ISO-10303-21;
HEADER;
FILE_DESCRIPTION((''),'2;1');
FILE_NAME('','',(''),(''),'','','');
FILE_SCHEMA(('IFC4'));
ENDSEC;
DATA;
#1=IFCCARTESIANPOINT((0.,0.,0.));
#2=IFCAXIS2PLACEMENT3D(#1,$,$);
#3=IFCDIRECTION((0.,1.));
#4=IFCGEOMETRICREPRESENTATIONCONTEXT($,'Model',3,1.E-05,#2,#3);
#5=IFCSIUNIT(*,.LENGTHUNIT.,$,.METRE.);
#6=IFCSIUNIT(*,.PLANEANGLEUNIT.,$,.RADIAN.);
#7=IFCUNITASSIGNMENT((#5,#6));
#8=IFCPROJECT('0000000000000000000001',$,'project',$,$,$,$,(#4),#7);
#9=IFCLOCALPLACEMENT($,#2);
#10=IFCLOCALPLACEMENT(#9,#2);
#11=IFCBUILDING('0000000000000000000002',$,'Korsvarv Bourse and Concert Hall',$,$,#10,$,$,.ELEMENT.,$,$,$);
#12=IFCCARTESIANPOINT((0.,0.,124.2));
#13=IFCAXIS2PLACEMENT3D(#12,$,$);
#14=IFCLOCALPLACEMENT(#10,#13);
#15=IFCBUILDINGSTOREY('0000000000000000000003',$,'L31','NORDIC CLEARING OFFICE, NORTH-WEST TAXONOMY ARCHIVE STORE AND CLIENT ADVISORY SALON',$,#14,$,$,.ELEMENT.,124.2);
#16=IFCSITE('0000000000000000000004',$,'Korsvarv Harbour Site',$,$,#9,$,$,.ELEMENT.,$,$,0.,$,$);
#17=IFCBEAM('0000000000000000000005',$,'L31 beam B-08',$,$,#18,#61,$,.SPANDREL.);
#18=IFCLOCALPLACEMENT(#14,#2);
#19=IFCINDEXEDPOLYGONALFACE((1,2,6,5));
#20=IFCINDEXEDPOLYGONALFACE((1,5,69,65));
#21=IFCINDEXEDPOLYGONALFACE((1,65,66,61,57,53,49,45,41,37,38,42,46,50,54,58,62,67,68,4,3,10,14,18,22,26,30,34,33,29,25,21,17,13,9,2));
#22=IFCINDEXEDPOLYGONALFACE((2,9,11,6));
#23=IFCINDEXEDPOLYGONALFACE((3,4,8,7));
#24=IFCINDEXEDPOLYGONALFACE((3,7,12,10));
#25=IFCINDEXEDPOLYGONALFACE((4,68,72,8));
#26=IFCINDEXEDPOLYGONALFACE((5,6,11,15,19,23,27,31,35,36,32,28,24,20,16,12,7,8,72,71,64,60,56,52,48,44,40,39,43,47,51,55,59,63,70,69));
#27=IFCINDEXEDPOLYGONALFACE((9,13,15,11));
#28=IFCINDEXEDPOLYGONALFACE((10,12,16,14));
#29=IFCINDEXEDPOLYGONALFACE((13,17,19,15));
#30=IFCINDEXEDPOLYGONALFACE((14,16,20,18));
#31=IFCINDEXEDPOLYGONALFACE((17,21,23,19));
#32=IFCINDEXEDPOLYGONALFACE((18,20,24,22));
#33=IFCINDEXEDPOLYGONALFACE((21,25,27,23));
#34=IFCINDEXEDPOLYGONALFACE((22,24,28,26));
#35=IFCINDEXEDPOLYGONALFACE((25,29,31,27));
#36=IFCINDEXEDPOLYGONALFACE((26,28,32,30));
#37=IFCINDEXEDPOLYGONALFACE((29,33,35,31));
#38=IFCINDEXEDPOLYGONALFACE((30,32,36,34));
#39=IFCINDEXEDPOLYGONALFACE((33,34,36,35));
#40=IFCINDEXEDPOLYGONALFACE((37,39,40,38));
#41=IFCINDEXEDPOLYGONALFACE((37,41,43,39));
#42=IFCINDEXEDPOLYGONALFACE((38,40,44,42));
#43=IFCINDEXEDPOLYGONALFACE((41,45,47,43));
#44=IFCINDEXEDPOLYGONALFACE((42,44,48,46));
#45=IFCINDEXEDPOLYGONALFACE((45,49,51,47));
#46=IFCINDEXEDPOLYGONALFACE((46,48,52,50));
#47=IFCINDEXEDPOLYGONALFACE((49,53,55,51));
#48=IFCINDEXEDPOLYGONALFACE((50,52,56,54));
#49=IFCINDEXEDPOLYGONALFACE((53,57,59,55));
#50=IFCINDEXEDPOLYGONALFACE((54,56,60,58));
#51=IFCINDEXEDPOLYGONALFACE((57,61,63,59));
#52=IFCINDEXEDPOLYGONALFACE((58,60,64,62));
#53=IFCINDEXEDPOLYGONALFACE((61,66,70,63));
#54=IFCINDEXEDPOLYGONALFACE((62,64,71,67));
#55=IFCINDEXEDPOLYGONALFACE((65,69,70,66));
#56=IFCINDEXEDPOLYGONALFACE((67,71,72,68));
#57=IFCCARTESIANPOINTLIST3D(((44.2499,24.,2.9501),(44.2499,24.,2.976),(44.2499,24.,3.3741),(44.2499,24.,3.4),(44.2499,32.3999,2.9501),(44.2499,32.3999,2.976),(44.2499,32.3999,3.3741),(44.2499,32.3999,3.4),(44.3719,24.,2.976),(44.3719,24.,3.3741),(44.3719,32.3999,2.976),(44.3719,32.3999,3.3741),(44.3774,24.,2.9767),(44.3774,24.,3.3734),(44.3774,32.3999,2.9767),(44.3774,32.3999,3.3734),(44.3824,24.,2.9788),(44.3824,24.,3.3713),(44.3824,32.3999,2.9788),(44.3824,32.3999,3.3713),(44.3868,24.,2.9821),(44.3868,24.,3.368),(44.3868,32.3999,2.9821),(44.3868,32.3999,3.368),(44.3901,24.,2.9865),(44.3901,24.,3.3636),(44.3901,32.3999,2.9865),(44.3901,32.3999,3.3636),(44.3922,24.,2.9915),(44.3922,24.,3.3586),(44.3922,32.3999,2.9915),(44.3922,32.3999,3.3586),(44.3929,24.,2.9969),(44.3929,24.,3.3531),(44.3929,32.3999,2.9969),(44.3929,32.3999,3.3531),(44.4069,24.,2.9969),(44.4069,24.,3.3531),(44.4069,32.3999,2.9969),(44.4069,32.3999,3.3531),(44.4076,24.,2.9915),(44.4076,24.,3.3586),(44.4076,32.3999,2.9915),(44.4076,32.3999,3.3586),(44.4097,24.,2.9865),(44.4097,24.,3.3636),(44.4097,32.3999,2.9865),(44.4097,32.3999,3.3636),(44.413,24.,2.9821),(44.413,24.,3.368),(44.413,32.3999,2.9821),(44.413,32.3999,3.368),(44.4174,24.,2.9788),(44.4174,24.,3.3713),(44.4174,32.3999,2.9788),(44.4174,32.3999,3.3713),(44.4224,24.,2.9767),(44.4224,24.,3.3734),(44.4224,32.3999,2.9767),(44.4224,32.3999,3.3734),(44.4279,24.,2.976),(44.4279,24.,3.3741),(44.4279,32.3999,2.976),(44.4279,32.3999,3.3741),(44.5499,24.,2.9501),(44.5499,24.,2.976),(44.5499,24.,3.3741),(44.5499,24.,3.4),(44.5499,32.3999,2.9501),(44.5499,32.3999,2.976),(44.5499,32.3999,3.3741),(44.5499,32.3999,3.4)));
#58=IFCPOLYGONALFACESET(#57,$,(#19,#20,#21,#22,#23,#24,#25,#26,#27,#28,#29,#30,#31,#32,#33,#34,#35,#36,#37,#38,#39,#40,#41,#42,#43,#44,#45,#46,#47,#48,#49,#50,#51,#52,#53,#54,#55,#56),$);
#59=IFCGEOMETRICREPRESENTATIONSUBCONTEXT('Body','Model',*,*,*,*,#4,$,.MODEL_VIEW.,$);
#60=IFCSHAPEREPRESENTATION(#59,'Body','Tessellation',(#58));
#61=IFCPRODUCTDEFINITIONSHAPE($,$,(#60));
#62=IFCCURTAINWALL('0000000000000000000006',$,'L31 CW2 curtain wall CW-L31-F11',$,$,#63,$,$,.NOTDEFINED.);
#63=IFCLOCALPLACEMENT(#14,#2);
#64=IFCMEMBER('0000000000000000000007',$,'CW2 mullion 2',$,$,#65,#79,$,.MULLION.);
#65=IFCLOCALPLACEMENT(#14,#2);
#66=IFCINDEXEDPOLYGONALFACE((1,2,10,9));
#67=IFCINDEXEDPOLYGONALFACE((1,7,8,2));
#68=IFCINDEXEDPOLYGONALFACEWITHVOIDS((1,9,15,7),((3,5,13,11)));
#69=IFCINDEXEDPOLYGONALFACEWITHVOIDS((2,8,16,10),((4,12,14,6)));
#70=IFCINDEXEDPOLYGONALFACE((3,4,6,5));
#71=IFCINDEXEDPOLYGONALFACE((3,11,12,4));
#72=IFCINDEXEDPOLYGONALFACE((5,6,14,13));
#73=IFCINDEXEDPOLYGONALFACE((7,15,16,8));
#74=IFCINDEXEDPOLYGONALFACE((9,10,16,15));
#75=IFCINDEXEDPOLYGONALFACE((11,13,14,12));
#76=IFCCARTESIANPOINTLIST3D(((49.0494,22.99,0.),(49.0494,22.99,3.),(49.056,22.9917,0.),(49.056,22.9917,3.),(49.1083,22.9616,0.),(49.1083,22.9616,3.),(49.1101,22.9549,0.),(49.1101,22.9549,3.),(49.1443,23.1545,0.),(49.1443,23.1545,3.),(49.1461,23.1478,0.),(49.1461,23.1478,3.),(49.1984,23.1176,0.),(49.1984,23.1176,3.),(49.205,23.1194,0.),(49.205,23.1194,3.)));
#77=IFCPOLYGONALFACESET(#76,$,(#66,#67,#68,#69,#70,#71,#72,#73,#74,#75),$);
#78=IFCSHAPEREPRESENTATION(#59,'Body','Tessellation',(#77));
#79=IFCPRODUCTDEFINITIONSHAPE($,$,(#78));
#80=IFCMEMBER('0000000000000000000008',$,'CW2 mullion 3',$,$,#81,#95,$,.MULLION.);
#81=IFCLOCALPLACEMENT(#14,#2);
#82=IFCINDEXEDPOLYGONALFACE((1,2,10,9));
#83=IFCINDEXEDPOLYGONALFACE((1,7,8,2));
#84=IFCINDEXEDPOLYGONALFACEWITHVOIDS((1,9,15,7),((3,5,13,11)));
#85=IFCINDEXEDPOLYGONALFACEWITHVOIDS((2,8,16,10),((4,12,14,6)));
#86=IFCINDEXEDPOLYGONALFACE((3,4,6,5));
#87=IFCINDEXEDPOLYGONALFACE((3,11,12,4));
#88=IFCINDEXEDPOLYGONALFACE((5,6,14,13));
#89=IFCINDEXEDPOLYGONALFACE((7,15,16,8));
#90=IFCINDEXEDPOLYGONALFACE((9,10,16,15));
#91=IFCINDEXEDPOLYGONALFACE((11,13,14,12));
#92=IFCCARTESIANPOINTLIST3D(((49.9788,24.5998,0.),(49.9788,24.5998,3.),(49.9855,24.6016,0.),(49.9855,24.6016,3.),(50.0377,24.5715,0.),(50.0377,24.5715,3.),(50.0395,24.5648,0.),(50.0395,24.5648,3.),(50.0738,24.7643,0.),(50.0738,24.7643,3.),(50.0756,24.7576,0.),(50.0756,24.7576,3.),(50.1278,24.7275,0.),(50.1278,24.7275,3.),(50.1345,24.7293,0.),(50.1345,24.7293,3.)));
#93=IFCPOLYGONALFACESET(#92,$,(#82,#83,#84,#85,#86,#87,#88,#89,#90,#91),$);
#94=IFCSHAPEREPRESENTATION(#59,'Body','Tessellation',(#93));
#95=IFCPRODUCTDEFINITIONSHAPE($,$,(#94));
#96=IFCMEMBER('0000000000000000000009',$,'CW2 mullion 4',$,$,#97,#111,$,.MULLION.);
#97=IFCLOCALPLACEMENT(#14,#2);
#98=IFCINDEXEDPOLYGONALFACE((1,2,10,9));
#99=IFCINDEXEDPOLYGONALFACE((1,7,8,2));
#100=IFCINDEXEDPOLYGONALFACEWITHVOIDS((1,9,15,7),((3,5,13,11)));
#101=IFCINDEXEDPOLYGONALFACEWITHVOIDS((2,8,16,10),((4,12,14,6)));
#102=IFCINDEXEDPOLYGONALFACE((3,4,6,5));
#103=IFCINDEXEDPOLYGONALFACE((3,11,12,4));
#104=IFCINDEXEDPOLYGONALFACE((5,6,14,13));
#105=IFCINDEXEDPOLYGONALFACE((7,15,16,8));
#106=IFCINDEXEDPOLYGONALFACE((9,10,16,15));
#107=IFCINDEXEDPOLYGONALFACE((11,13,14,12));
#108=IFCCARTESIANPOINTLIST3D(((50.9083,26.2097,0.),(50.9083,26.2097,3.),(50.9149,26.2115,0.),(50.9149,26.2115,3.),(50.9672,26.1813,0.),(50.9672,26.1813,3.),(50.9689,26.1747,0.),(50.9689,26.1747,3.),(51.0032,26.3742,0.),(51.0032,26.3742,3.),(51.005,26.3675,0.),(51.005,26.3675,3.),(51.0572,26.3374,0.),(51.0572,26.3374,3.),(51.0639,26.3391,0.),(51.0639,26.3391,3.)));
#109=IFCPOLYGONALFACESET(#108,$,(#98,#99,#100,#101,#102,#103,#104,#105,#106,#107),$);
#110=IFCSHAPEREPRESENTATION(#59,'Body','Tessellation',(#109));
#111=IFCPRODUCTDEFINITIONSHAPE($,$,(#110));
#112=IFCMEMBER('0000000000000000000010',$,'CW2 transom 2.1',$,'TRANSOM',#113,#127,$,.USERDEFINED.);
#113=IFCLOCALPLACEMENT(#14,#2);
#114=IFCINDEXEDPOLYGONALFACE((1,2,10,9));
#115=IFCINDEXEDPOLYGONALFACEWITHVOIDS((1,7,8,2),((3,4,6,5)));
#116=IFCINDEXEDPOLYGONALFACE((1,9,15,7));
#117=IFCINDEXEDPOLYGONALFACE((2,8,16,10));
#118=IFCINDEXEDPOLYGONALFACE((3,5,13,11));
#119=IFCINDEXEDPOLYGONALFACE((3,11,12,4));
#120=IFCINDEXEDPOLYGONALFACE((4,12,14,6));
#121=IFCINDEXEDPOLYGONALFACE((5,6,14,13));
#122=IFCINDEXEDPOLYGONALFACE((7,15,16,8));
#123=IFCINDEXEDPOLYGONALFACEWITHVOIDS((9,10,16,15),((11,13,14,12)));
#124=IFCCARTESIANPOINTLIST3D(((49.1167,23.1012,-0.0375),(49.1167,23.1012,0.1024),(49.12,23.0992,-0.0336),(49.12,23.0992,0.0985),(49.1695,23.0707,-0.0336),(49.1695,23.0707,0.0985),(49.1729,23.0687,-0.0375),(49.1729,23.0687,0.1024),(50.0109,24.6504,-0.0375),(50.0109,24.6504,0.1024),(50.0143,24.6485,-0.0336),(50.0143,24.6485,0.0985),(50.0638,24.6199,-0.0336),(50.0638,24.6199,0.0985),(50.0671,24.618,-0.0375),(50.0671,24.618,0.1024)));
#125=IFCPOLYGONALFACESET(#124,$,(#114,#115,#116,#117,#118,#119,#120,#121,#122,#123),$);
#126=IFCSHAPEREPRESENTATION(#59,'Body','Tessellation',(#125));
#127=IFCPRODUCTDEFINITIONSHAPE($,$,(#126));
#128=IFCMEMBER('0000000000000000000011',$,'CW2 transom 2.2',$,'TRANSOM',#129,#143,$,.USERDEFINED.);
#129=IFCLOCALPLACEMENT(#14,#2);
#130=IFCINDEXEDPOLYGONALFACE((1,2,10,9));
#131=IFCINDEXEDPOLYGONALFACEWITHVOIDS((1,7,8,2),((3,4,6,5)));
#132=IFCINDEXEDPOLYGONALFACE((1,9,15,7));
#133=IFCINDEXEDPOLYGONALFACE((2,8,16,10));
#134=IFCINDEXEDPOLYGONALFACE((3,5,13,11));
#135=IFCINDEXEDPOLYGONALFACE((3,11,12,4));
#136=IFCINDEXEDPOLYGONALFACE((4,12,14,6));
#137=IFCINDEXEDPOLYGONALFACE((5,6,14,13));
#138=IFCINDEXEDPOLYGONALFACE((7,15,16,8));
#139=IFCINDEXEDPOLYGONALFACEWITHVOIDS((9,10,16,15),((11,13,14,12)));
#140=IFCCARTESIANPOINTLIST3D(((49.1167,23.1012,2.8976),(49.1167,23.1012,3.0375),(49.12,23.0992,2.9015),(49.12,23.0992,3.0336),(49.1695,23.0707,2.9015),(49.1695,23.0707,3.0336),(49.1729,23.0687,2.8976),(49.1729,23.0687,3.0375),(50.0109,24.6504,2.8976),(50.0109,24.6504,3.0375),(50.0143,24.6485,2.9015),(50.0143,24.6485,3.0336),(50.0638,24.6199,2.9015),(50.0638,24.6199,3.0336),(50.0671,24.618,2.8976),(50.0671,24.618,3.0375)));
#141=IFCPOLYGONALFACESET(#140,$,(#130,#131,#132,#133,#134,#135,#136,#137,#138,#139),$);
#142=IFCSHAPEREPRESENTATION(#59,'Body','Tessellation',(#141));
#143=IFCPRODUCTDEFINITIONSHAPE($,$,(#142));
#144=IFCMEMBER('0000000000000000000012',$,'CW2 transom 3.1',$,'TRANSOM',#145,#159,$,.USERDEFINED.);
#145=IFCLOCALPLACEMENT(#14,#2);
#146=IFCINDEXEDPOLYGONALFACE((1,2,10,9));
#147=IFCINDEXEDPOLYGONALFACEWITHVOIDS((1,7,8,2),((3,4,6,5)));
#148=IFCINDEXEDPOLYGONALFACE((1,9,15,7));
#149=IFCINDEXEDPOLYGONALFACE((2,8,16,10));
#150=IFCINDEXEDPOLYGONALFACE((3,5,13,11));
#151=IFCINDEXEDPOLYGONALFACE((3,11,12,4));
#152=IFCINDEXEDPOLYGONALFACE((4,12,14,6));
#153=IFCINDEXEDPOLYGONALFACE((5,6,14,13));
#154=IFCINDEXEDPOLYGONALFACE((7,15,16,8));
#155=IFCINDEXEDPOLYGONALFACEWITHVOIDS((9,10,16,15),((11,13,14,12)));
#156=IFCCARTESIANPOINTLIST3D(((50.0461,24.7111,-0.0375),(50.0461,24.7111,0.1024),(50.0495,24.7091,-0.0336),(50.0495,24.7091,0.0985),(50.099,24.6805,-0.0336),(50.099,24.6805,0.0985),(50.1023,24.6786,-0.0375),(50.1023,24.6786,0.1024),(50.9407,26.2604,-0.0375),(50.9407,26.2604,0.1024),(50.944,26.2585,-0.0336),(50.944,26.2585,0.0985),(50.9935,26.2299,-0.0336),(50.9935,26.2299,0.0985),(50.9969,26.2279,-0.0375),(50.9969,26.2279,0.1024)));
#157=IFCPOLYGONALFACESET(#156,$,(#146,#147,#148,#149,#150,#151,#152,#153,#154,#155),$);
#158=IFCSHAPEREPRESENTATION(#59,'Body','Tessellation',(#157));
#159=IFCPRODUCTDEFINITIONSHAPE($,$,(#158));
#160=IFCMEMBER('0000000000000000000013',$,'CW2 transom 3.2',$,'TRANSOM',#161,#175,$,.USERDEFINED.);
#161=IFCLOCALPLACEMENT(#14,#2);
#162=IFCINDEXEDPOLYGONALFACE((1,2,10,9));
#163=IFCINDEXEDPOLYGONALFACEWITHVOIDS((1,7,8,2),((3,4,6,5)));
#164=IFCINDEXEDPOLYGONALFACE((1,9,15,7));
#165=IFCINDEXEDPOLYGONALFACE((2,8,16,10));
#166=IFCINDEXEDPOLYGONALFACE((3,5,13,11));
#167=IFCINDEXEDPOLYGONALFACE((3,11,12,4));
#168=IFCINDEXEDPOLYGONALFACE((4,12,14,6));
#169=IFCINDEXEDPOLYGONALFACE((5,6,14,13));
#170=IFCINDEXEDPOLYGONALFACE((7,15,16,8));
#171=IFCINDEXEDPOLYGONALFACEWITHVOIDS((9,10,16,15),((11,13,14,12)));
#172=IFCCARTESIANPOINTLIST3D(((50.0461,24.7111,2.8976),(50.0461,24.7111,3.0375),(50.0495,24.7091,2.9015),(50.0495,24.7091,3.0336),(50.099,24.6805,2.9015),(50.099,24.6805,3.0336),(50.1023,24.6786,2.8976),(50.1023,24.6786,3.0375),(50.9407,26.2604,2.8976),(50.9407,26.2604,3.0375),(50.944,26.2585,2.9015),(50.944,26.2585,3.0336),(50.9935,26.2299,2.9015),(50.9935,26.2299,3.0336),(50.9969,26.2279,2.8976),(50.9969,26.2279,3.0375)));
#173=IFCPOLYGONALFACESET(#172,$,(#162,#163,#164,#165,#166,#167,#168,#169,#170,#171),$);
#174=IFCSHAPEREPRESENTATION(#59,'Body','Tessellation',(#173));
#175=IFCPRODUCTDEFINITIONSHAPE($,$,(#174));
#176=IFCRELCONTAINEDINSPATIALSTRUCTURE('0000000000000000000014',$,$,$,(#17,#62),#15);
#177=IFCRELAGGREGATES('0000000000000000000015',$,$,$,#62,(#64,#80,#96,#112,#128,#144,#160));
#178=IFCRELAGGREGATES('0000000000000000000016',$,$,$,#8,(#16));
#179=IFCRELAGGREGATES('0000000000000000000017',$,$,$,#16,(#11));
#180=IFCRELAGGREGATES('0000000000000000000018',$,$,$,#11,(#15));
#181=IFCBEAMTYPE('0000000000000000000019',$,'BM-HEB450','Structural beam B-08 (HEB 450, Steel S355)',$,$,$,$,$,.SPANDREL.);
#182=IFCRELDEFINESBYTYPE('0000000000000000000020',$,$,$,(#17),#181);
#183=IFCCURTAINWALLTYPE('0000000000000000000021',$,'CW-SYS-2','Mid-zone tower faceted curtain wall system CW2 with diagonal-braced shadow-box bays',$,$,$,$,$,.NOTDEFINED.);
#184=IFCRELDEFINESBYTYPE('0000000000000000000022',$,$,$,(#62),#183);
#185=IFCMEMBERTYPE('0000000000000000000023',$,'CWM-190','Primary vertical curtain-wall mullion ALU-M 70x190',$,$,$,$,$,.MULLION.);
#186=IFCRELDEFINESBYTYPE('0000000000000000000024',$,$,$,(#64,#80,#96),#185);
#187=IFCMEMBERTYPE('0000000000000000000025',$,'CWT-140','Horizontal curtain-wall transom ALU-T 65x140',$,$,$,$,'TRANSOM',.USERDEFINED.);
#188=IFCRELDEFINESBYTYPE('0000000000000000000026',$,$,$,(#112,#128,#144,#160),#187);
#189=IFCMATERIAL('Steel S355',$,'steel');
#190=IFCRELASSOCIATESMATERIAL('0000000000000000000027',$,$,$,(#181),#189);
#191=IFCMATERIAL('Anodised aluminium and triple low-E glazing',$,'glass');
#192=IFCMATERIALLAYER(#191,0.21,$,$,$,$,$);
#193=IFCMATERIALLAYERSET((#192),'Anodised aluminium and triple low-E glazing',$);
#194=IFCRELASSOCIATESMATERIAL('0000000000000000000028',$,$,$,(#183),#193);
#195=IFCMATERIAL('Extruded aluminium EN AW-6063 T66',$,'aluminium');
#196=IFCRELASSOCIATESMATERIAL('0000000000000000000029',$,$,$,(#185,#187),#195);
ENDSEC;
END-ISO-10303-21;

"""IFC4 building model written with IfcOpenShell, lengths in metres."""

from ifc_helpers import new_model, si_unit, direction, frame, origin, origin_2d, place, context, subcontext, project, spatial, hollow_rectangle, i_section, extrude, source, transform, mapped, material, layer, layer_set, material_profile, profile_set, type_object, element, aggregate, save


model = new_model("IFC4")

# Units and contexts
model_context = context("Model", 3, precision=1e-05, world=origin(), true_north=direction((0.0, 1.0)))
body_context = subcontext(model_context, "Body", "Model", "MODEL_VIEW")
ifc_project = project(units=[si_unit("LENGTHUNIT", "METRE"), si_unit("PLANEANGLEUNIT", "RADIAN")], contexts=[model_context])

# Site, building, storey
site_placement = place(None, origin())
site = spatial("IfcSite", under=ifc_project, at=site_placement, Name="Korsvarv Harbour Site", CompositionType="ELEMENT", RefElevation=0.0)
building_placement = place(site_placement, origin())
building = spatial("IfcBuilding", under=site, at=building_placement, Name="Korsvarv Bourse and Concert Hall", CompositionType="ELEMENT")
storey_placement = place(building_placement, frame((0.0, 0.0, 124.2)))
storey = spatial("IfcBuildingStorey", under=building, at=storey_placement, Name="L31", Description="NORDIC CLEARING OFFICE, NORTH-WEST TAXONOMY ARCHIVE STORE AND CLIENT ADVISORY SALON", CompositionType="ELEMENT", Elevation=124.2)

# Beam
ifc_material_1 = material(Name="Steel S355", Category="steel")
ifc_material_profile_1 = material_profile(ifc_material_1, i_section(OverallWidth=0.3, OverallDepth=0.45, WebThickness=0.0139, FlangeThickness=0.0259, FilletRadius=0.021, at=origin_2d()), Name="HEB 450")
ifc_profile_set_1 = profile_set([ifc_material_profile_1], Name="Steel S355")
beam_type = type_object("IfcBeamType", Name="BM-HEB450", Description="Structural beam B-08 (HEB 450, Steel S355)", PredefinedType="SPANDREL", material=ifc_profile_set_1)
shared_shape_1 = source(origin(), body_context, "Body", "SweptSolid", [
    extrude(i_section(OverallWidth=0.3, OverallDepth=0.45, WebThickness=0.0139, FlangeThickness=0.0259, FilletRadius=0.021, at=origin_2d()), origin(), (0.0, 0.0, 1.0), 8.3999),
])
for number, where, z_axis, x_axis, name in (
    (1, (44.3999, 24.0, 3.175), (0.0, 1.0, 0.0), (-1.0, 0.0, 0.0), "L31 beam B-08"),
):
    element("IfcBeam", number, at=place(storey_placement, frame(where, z_axis=z_axis, x_axis=x_axis)), inside=storey, type_object=beam_type, Name=name, PredefinedType="SPANDREL", context=body_context, shape_type="MappedRepresentation", body=[
        mapped(shared_shape_1, transform((0.0, 0.0, 0.0), scale=1.0)),
    ])

# Curtain wall, members
ifc_material_2 = material(Name="Anodised aluminium and triple low-E glazing", Category="glass")
ifc_layer_1 = layer(ifc_material_2, 0.21)
ifc_layer_set_1 = layer_set([ifc_layer_1], Name="Anodised aluminium and triple low-E glazing")
curtain_wall_type = type_object("IfcCurtainWallType", Name="CW-SYS-2", Description="Mid-zone tower faceted curtain wall system CW2 with diagonal-braced shadow-box bays", PredefinedType="NOTDEFINED", material=ifc_layer_set_1)
curtain_wall_placement = place(storey_placement, origin())
curtain_wall = element("IfcCurtainWall", 2, at=curtain_wall_placement, inside=storey, type_object=curtain_wall_type, Name="L31 CW2 curtain wall CW-L31-F11", PredefinedType="NOTDEFINED")
ifc_material_3 = material(Name="Extruded aluminium EN AW-6063 T66", Category="aluminium")
ifc_material_profile_2 = material_profile(ifc_material_3, hollow_rectangle(XDim=0.0701, YDim=0.1899, WallThickness=0.0049, at=origin_2d()), Name="ALU-M 70x190")
ifc_profile_set_2 = profile_set([ifc_material_profile_2], Name="Extruded aluminium EN AW-6063 T66")
member_type_1 = type_object("IfcMemberType", Name="CWM-190", Description="Primary vertical curtain-wall mullion ALU-M 70x190", PredefinedType="MULLION", material=ifc_profile_set_2)
shared_shape_2 = source(origin(), body_context, "Body", "SweptSolid", [
    extrude(hollow_rectangle(XDim=0.0701, YDim=0.1899, WallThickness=0.0049, at=origin_2d()), origin(), (0.0, 0.0, 1.0), 3.0),
])
member_1_placement = place(storey_placement, frame((49.1272, 23.0547, 0.0), z_axis=(0.0, 0.0, 1.0), x_axis=(-0.866021, 0.500007, 0.0)))
member_1 = element("IfcMember", 3, at=member_1_placement, type_object=member_type_1, Name="CW2 mullion 2", PredefinedType="MULLION", context=body_context, shape_type="MappedRepresentation", body=[
    mapped(shared_shape_2, transform((0.0, 0.0, 0.0), scale=1.0)),
])
member_2_placement = place(storey_placement, frame((50.0566, 24.6646, 0.0), z_axis=(0.0, 0.0, 1.0), x_axis=(-0.866021, 0.500007, 0.0)))
member_2 = element("IfcMember", 4, at=member_2_placement, type_object=member_type_1, Name="CW2 mullion 3", PredefinedType="MULLION", context=body_context, shape_type="MappedRepresentation", body=[
    mapped(shared_shape_2, transform((0.0, 0.0, 0.0), scale=1.0)),
])
member_3_placement = place(storey_placement, frame((50.9861, 26.2744, 0.0), z_axis=(0.0, 0.0, 1.0), x_axis=(-0.866021, 0.500007, 0.0)))
member_3 = element("IfcMember", 5, at=member_3_placement, type_object=member_type_1, Name="CW2 mullion 4", PredefinedType="MULLION", context=body_context, shape_type="MappedRepresentation", body=[
    mapped(shared_shape_2, transform((0.0, 0.0, 0.0), scale=1.0)),
])
ifc_material_profile_3 = material_profile(ifc_material_3, hollow_rectangle(XDim=0.0649, YDim=0.1399, WallThickness=0.0039, at=origin_2d()), Name="ALU-T 65x140")
ifc_profile_set_3 = profile_set([ifc_material_profile_3], Name="Extruded aluminium EN AW-6063 T66")
member_type_2 = type_object("IfcMemberType", Name="CWT-140", Description="Horizontal curtain-wall transom ALU-T 65x140", ElementType="TRANSOM", PredefinedType="USERDEFINED", material=ifc_profile_set_3)
shared_shape_3 = source(origin(), body_context, "Body", "SweptSolid", [
    extrude(hollow_rectangle(XDim=0.0649, YDim=0.1399, WallThickness=0.0039, at=origin_2d()), origin(), (0.0, 0.0, 1.0), 1.7888),
])
member_4_placement = place(storey_placement, frame((49.1448, 23.085, 0.0325), z_axis=(0.499911, 0.866077, 0.0), x_axis=(-0.866077, 0.499911, 0.0)))
member_4 = element("IfcMember", 6, at=member_4_placement, type_object=member_type_2, Name="CW2 transom 2.1", ObjectType="TRANSOM", PredefinedType="USERDEFINED", context=body_context, shape_type="MappedRepresentation", body=[
    mapped(shared_shape_3, transform((0.0, 0.0, 0.0), scale=1.0)),
])
member_5_placement = place(storey_placement, frame((49.1448, 23.085, 2.9675), z_axis=(0.499911, 0.866077, 0.0), x_axis=(-0.866077, 0.499911, 0.0)))
member_5 = element("IfcMember", 7, at=member_5_placement, type_object=member_type_2, Name="CW2 transom 2.2", ObjectType="TRANSOM", PredefinedType="USERDEFINED", context=body_context, shape_type="MappedRepresentation", body=[
    mapped(shared_shape_3, transform((0.0, 0.0, 0.0), scale=1.0)),
])
shared_shape_4 = source(origin(), body_context, "Body", "SweptSolid", [
    extrude(hollow_rectangle(XDim=0.0649, YDim=0.1399, WallThickness=0.0039, at=origin_2d()), origin(), (0.0, 0.0, 1.0), 1.7891),
])
member_6_placement = place(storey_placement, frame((50.0742, 24.6948, 0.0325), z_axis=(0.500014, 0.866017, 0.0), x_axis=(-0.866017, 0.500014, 0.0)))
member_6 = element("IfcMember", 8, at=member_6_placement, type_object=member_type_2, Name="CW2 transom 3.1", ObjectType="TRANSOM", PredefinedType="USERDEFINED", context=body_context, shape_type="MappedRepresentation", body=[
    mapped(shared_shape_4, transform((0.0, 0.0, 0.0), scale=1.0)),
])
member_7_placement = place(storey_placement, frame((50.0742, 24.6948, 2.9675), z_axis=(0.500014, 0.866017, 0.0), x_axis=(-0.866017, 0.500014, 0.0)))
member_7 = element("IfcMember", 9, at=member_7_placement, type_object=member_type_2, Name="CW2 transom 3.2", ObjectType="TRANSOM", PredefinedType="USERDEFINED", context=body_context, shape_type="MappedRepresentation", body=[
    mapped(shared_shape_4, transform((0.0, 0.0, 0.0), scale=1.0)),
])
aggregate(curtain_wall, [member_1, member_2, member_3, member_4, member_5, member_6, member_7])

save(model, "model.ifc")
